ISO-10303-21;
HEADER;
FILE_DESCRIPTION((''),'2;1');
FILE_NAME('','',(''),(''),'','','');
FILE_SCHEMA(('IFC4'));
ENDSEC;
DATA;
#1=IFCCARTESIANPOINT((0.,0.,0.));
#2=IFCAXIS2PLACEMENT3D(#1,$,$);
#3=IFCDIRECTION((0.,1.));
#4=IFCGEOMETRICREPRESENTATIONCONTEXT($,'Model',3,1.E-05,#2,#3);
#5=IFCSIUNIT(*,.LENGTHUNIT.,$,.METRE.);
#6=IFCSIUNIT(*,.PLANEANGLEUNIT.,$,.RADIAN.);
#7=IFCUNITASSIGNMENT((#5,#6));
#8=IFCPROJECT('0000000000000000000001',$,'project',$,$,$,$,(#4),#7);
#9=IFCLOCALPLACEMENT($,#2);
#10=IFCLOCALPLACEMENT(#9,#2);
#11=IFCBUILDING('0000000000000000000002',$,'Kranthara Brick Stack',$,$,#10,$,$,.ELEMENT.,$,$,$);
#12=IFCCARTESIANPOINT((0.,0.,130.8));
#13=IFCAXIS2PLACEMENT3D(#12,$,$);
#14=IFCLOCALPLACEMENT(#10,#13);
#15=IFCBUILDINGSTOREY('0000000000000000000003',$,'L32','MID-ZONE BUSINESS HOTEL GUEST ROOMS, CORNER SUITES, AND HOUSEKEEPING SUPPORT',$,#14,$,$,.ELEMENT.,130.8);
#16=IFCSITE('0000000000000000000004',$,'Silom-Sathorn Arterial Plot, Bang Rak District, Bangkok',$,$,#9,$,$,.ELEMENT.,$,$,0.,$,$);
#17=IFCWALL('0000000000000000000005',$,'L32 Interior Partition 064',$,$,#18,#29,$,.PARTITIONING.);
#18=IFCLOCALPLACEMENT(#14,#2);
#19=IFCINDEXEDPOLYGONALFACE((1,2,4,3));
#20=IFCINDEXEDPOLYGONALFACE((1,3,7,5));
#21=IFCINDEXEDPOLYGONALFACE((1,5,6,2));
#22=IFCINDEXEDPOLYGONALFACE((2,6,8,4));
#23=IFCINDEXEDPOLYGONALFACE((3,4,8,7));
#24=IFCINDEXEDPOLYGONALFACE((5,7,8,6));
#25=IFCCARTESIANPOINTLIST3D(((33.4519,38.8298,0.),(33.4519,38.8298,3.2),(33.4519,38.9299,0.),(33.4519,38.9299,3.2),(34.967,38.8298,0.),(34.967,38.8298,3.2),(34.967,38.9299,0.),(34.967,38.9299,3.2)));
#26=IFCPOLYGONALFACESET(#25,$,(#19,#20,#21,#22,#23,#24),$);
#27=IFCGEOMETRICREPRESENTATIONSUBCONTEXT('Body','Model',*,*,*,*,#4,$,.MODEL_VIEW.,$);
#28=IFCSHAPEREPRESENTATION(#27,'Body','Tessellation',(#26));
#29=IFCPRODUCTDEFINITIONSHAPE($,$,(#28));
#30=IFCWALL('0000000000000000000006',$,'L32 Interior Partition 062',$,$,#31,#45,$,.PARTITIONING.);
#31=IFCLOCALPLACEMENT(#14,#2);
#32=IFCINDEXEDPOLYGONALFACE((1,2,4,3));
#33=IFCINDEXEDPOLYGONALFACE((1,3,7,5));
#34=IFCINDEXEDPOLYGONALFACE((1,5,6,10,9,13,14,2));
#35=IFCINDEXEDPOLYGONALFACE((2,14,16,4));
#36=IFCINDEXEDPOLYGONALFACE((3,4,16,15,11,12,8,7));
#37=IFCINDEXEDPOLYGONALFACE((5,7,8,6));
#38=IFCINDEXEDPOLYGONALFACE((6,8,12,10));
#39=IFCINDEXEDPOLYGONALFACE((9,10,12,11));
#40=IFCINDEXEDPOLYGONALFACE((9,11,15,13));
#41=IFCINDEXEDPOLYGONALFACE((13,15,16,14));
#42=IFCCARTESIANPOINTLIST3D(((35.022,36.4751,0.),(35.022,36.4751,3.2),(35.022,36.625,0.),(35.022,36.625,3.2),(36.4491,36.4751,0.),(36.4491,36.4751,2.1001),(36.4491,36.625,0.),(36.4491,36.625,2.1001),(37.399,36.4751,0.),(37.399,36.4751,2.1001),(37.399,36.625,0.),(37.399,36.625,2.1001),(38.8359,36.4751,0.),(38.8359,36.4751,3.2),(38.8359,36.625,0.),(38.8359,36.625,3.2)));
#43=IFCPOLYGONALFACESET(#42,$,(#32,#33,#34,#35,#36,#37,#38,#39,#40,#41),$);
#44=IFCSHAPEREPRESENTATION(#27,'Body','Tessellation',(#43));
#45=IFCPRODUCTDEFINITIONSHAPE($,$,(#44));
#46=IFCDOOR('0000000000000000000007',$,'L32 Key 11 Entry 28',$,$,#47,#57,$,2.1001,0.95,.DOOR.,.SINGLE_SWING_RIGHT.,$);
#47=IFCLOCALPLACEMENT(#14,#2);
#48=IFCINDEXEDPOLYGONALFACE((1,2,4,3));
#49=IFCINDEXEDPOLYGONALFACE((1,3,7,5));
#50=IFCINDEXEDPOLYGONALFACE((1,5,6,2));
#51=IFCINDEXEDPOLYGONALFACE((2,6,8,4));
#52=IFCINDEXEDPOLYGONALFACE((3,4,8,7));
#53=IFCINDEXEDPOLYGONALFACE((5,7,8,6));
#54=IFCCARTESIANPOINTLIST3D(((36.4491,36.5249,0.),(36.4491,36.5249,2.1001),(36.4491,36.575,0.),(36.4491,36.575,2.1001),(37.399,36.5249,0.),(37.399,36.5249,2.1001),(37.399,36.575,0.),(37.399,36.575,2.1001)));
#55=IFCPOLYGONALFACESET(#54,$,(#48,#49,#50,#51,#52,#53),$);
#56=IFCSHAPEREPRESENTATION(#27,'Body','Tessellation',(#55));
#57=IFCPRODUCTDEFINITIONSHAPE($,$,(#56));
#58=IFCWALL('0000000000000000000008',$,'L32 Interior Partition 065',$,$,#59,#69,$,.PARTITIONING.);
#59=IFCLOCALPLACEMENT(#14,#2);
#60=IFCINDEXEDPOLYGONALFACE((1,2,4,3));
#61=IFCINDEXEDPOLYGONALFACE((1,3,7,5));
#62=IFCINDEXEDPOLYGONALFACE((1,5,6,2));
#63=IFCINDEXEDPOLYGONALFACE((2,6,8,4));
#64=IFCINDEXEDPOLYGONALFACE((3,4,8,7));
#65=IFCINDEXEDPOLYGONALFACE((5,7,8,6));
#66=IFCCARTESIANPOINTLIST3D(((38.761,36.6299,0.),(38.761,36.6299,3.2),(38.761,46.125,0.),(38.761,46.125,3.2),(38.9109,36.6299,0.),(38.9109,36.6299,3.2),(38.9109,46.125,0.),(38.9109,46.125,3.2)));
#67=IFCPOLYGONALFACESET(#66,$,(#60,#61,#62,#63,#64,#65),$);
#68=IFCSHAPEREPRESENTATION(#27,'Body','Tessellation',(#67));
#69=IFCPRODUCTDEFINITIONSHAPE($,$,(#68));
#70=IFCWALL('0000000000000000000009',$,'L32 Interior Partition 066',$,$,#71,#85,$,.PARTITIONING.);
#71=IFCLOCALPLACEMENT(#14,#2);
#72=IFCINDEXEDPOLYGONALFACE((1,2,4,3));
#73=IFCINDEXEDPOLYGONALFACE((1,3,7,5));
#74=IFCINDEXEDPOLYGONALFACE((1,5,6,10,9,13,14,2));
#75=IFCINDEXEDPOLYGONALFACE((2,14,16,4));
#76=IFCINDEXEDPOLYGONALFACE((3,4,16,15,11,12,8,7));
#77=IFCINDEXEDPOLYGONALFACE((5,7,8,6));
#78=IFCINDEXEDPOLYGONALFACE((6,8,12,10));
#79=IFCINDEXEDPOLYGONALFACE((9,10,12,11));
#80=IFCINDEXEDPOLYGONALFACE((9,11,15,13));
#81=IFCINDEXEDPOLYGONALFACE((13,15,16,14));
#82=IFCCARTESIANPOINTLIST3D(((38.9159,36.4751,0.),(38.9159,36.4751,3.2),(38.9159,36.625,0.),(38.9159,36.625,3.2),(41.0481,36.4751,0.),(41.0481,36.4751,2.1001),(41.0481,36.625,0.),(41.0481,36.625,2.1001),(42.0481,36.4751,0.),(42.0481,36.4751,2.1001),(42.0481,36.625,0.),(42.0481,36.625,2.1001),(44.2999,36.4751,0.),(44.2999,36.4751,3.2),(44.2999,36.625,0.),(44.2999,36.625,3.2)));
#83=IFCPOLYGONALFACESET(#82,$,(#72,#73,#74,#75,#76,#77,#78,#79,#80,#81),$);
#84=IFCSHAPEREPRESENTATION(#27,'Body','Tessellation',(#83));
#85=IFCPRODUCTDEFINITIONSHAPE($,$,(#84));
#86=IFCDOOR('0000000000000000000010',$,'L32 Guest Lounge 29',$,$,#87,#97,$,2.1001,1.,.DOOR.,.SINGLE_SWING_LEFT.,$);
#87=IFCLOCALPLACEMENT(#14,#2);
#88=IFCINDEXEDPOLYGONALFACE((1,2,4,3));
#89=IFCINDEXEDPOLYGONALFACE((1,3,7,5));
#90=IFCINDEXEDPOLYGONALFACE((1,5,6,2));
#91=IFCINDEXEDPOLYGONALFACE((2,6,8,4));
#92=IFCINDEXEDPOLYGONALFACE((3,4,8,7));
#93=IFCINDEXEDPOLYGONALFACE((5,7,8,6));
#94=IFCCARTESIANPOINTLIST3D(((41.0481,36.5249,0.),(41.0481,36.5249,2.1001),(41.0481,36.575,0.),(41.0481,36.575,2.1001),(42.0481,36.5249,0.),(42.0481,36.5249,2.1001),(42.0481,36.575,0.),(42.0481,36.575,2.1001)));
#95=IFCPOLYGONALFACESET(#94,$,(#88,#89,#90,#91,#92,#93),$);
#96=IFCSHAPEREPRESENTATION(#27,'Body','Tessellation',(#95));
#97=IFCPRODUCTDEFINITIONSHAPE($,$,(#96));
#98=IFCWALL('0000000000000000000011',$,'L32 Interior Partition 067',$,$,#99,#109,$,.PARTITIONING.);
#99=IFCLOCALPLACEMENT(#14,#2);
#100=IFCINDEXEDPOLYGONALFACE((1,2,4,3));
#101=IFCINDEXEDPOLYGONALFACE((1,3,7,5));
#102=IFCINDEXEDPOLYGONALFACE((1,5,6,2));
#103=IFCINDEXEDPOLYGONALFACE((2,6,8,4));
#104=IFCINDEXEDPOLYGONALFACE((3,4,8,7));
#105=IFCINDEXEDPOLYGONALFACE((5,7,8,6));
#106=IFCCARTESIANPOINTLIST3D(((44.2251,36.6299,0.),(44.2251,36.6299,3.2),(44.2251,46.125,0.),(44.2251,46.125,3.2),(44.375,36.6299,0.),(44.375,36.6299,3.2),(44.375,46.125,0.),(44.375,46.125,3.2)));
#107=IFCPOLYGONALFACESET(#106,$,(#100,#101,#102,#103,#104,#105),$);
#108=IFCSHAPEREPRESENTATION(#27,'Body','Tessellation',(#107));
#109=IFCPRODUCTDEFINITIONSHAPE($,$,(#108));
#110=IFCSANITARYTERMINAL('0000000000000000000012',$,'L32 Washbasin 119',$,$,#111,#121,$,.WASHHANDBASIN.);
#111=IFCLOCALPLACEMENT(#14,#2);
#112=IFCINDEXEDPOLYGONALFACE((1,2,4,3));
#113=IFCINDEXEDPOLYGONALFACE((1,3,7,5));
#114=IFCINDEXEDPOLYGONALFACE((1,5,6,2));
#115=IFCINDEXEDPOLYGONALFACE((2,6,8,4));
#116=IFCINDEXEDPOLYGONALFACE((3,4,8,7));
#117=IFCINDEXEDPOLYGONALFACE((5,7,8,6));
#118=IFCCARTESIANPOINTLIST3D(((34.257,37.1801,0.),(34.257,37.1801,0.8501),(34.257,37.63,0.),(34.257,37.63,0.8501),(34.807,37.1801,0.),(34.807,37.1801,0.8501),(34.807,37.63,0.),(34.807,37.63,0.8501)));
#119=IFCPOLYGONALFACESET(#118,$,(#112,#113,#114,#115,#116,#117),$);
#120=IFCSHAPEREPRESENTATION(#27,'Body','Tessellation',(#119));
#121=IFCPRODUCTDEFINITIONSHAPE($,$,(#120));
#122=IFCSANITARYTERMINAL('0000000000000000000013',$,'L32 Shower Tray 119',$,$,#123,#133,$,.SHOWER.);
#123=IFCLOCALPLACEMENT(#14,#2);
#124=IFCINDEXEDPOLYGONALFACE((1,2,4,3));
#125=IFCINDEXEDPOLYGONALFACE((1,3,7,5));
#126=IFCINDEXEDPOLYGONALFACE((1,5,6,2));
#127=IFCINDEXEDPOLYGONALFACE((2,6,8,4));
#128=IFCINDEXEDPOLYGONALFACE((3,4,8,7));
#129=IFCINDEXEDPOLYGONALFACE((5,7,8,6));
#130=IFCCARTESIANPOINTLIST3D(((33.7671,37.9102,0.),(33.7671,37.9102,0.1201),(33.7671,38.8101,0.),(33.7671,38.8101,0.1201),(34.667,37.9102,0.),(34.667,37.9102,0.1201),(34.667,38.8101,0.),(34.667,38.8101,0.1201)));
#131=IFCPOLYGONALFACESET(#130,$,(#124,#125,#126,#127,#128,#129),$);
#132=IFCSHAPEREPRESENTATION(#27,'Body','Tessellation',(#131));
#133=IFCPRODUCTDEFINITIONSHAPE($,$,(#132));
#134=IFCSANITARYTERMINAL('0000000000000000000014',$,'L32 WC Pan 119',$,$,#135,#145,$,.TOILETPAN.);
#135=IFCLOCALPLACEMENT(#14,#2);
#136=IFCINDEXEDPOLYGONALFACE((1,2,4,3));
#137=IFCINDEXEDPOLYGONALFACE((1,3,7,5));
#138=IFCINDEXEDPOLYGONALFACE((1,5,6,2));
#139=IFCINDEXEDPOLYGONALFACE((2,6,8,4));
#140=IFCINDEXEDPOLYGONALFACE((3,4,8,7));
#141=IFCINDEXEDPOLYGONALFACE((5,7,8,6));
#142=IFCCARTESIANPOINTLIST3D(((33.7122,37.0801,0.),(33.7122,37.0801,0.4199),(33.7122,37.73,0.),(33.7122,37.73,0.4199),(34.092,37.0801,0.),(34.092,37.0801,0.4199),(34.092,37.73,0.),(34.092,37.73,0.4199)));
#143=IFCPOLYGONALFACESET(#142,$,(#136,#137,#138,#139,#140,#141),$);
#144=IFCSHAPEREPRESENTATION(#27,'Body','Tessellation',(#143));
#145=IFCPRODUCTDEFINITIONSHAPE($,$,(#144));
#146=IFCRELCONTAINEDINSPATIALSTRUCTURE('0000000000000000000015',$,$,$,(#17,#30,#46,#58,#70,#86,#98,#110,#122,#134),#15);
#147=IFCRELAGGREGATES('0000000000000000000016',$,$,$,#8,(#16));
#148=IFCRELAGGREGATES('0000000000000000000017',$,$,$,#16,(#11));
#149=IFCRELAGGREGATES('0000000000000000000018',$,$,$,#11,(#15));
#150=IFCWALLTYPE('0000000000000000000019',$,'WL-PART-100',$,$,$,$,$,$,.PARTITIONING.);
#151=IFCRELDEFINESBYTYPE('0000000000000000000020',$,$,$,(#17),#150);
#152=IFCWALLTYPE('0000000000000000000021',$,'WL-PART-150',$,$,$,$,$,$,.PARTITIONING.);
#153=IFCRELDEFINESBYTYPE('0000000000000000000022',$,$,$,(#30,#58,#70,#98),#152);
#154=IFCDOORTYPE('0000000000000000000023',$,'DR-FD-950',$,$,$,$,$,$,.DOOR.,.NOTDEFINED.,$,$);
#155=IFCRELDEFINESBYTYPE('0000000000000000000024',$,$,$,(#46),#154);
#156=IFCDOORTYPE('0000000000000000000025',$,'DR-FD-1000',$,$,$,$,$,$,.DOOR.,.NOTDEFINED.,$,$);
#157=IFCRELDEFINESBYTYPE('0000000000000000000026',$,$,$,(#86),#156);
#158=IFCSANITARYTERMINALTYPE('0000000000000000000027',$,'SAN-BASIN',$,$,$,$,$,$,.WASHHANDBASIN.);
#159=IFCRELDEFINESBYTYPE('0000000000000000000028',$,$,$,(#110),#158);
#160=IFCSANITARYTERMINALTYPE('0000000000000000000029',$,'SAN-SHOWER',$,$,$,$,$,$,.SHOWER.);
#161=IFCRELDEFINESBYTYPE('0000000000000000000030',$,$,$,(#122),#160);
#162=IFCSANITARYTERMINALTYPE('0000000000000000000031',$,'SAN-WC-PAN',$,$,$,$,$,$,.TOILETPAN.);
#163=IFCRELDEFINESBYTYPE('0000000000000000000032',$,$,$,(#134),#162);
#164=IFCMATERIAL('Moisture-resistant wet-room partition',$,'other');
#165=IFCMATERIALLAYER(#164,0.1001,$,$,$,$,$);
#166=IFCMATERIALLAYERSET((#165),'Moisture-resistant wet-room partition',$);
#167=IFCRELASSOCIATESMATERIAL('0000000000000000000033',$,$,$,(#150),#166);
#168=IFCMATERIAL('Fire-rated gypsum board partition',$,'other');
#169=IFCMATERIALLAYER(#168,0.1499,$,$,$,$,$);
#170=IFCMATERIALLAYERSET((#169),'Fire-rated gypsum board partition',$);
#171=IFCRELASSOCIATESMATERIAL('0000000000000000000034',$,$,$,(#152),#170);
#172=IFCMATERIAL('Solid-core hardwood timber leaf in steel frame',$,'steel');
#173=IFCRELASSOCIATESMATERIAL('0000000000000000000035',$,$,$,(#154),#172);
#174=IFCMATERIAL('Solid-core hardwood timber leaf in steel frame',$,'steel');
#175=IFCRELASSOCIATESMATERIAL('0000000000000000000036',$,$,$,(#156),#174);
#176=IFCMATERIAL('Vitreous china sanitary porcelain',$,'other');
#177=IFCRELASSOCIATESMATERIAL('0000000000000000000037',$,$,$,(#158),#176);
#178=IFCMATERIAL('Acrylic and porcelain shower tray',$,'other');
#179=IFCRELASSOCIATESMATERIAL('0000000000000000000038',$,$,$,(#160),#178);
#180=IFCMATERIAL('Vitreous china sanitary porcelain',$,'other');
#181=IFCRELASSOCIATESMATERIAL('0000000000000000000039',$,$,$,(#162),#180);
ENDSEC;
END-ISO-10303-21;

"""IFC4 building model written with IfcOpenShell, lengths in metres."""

from ifc_helpers import new_model, si_unit, direction, frame, frame_2d, origin, origin_2d, place, context, subcontext, project, spatial, rectangle, extrude, material, layer, layer_set, type_object, element, fill, save


model = new_model("IFC4")

# Units and contexts
model_context = context("Model", 3, precision=1e-05, world=origin(), true_north=direction((0.0, 1.0)))
body_context = subcontext(model_context, "Body", "Model", "MODEL_VIEW")
ifc_project = project(units=[si_unit("LENGTHUNIT", "METRE"), si_unit("PLANEANGLEUNIT", "RADIAN")], contexts=[model_context])

# Site, building, storey
site_placement = place(None, origin())
site = spatial("IfcSite", under=ifc_project, at=site_placement, Name="Silom-Sathorn Arterial Plot, Bang Rak District, Bangkok", CompositionType="ELEMENT", RefElevation=0.0)
building_placement = place(site_placement, origin())
building = spatial("IfcBuilding", under=site, at=building_placement, Name="Kranthara Brick Stack", CompositionType="ELEMENT")
storey_placement = place(building_placement, frame((0.0, 0.0, 130.8)))
storey = spatial("IfcBuildingStorey", under=building, at=storey_placement, Name="L32", Description="MID-ZONE BUSINESS HOTEL GUEST ROOMS, CORNER SUITES, AND HOUSEKEEPING SUPPORT", CompositionType="ELEMENT", Elevation=130.8)

# Shared definitions
ifc_material_1 = material(Name="Moisture-resistant wet-room partition", Category="other")
ifc_layer_1 = layer(ifc_material_1, 0.1001)
ifc_layer_set_1 = layer_set([ifc_layer_1], Name="Moisture-resistant wet-room partition")
wall_type_1 = type_object("IfcWallType", Name="WL-PART-100", PredefinedType="PARTITIONING", material=ifc_layer_set_1)

# Wall
wall_1_placement = place(storey_placement, frame((33.4519, 38.8799, 0.0), z_axis=(0.0, 0.0, 1.0), x_axis=(1.0, 0.0, 0.0)))
element("IfcWall", 1, at=wall_1_placement, inside=storey, type_object=wall_type_1, Name="L32 Interior Partition 064", PredefinedType="PARTITIONING", context=body_context, shape_type="SweptSolid", body=[
    extrude(rectangle(XDim=1.5151, YDim=0.1001, at=frame_2d((0.7576, 0.0))), origin(), (0.0, 0.0, 1.0), 3.2),
])

# Wall, opening, door
ifc_material_2 = material(Name="Fire-rated gypsum board partition", Category="other")
ifc_layer_2 = layer(ifc_material_2, 0.1499)
ifc_layer_set_2 = layer_set([ifc_layer_2], Name="Fire-rated gypsum board partition")
wall_type_2 = type_object("IfcWallType", Name="WL-PART-150", PredefinedType="PARTITIONING", material=ifc_layer_set_2)
wall_2_placement = place(storey_placement, frame((35.022, 36.55, 0.0), z_axis=(0.0, 0.0, 1.0), x_axis=(1.0, 0.0, 0.0)))
wall_2 = element("IfcWall", 2, at=wall_2_placement, inside=storey, type_object=wall_type_2, Name="L32 Interior Partition 062", PredefinedType="PARTITIONING", context=body_context, shape_type="SweptSolid", body=[
    extrude(rectangle(XDim=3.814, YDim=0.1499, at=frame_2d((1.907, 0.0))), origin(), (0.0, 0.0, 1.0), 3.2),
])
opening_1_placement = place(wall_2_placement, frame((1.427, 0.0, 0.0)))
opening_1 = element("IfcOpeningElement", 3, at=opening_1_placement, cuts=wall_2, PredefinedType="OPENING", context=body_context, shape_type="SweptSolid", body=[
    extrude(rectangle(XDim=0.95, YDim=2.1001, at=frame_2d((0.4751, 1.05))), frame((0.0, 0.085, 0.0), z_axis=(0.0, -1.0, 0.0), x_axis=(1.0, 0.0, 0.0)), (0.0, 0.0, 1.0), 0.1699),
])
ifc_material_3 = material(Name="Solid-core hardwood timber leaf in steel frame", Category="steel")
door_type_1 = type_object("IfcDoorType", Name="DR-FD-950", OperationType="NOTDEFINED", PredefinedType="DOOR", material=ifc_material_3)
door_1_placement = place(opening_1_placement, origin())
door_1 = element("IfcDoor", 4, at=door_1_placement, inside=storey, type_object=door_type_1, Name="L32 Key 11 Entry 28", OperationType="SINGLE_SWING_RIGHT", OverallHeight=2.1001, OverallWidth=0.95, PredefinedType="DOOR", context=body_context, shape_type="SweptSolid", body=[
    extrude(rectangle(XDim=0.95, YDim=2.1001, at=frame_2d((0.4751, 1.05))), frame((0.0, 0.0249, 0.0), z_axis=(0.0, -1.0, 0.0), x_axis=(1.0, 0.0, 0.0)), (0.0, 0.0, 1.0), 0.05),
])
fill(opening_1, door_1)

# Wall
wall_3_placement = place(storey_placement, frame((38.8359, 36.6299, 0.0), z_axis=(0.0, 0.0, 1.0), x_axis=(0.0, 1.0, 0.0)))
element("IfcWall", 5, at=wall_3_placement, inside=storey, type_object=wall_type_2, Name="L32 Interior Partition 065", PredefinedType="PARTITIONING", context=body_context, shape_type="SweptSolid", body=[
    extrude(rectangle(XDim=9.4951, YDim=0.1499, at=frame_2d((4.7476, 0.0))), origin(), (0.0, 0.0, 1.0), 3.2),
])

# Wall, opening, door
wall_4_placement = place(storey_placement, frame((38.916, 36.55, 0.0), z_axis=(0.0, 0.0, 1.0), x_axis=(1.0, 0.0, 0.0)))
wall_4 = element("IfcWall", 6, at=wall_4_placement, inside=storey, type_object=wall_type_2, Name="L32 Interior Partition 066", PredefinedType="PARTITIONING", context=body_context, shape_type="SweptSolid", body=[
    extrude(rectangle(XDim=5.384, YDim=0.1499, at=frame_2d((2.6919, 0.0))), origin(), (0.0, 0.0, 1.0), 3.2),
])
opening_2_placement = place(wall_4_placement, frame((2.1321, 0.0, 0.0)))
opening_2 = element("IfcOpeningElement", 7, at=opening_2_placement, cuts=wall_4, PredefinedType="OPENING", context=body_context, shape_type="SweptSolid", body=[
    extrude(rectangle(XDim=1.0, YDim=2.1001, at=frame_2d((0.5, 1.05))), frame((0.0, 0.085, 0.0), z_axis=(0.0, -1.0, 0.0), x_axis=(1.0, 0.0, 0.0)), (0.0, 0.0, 1.0), 0.1699),
])
ifc_material_4 = material(Name="Solid-core hardwood timber leaf in steel frame", Category="steel")
door_type_2 = type_object("IfcDoorType", Name="DR-FD-1000", OperationType="NOTDEFINED", PredefinedType="DOOR", material=ifc_material_4)
door_2_placement = place(opening_2_placement, origin())
door_2 = element("IfcDoor", 8, at=door_2_placement, inside=storey, type_object=door_type_2, Name="L32 Guest Lounge 29", OperationType="SINGLE_SWING_LEFT", OverallHeight=2.1001, OverallWidth=1.0, PredefinedType="DOOR", context=body_context, shape_type="SweptSolid", body=[
    extrude(rectangle(XDim=1.0, YDim=2.1001, at=frame_2d((0.5, 1.05))), frame((0.0, 0.0249, 0.0), z_axis=(0.0, -1.0, 0.0), x_axis=(1.0, 0.0, 0.0)), (0.0, 0.0, 1.0), 0.05),
])
fill(opening_2, door_2)

# Wall
wall_5_placement = place(storey_placement, frame((44.3, 36.6299, 0.0), z_axis=(0.0, 0.0, 1.0), x_axis=(0.0, 1.0, 0.0)))
element("IfcWall", 9, at=wall_5_placement, inside=storey, type_object=wall_type_2, Name="L32 Interior Partition 067", PredefinedType="PARTITIONING", context=body_context, shape_type="SweptSolid", body=[
    extrude(rectangle(XDim=9.4951, YDim=0.1499, at=frame_2d((4.7476, 0.0))), origin(), (0.0, 0.0, 1.0), 3.2),
])

# Sanitary terminals
ifc_material_5 = material(Name="Vitreous china sanitary porcelain", Category="other")
sanitary_terminal_type_1 = type_object("IfcSanitaryTerminalType", Name="SAN-BASIN", PredefinedType="WASHHANDBASIN", material=ifc_material_5)
sanitary_terminal_1_placement = place(storey_placement, frame((34.532, 37.405, 0.0), z_axis=(0.0, 0.0, 1.0), x_axis=(1.0, 0.0, 0.0)))
element("IfcSanitaryTerminal", 10, at=sanitary_terminal_1_placement, inside=storey, type_object=sanitary_terminal_type_1, Name="L32 Washbasin 119", PredefinedType="WASHHANDBASIN", context=body_context, shape_type="SweptSolid", body=[
    extrude(rectangle(XDim=0.55, YDim=0.45, at=origin_2d()), origin(), (0.0, 0.0, 1.0), 0.8501),
])
ifc_material_6 = material(Name="Acrylic and porcelain shower tray", Category="other")
sanitary_terminal_type_2 = type_object("IfcSanitaryTerminalType", Name="SAN-SHOWER", PredefinedType="SHOWER", material=ifc_material_6)
sanitary_terminal_2_placement = place(storey_placement, frame((34.217, 38.3601, 0.0), z_axis=(0.0, 0.0, 1.0), x_axis=(1.0, 0.0, 0.0)))
element("IfcSanitaryTerminal", 11, at=sanitary_terminal_2_placement, inside=storey, type_object=sanitary_terminal_type_2, Name="L32 Shower Tray 119", PredefinedType="SHOWER", context=body_context, shape_type="SweptSolid", body=[
    extrude(rectangle(XDim=0.8999, YDim=0.8999, at=origin_2d()), origin(), (0.0, 0.0, 1.0), 0.1201),
])
ifc_material_7 = material(Name="Vitreous china sanitary porcelain", Category="other")
sanitary_terminal_type_3 = type_object("IfcSanitaryTerminalType", Name="SAN-WC-PAN", PredefinedType="TOILETPAN", material=ifc_material_7)
sanitary_terminal_3_placement = place(storey_placement, frame((33.9021, 37.405, 0.0), z_axis=(0.0, 0.0, 1.0), x_axis=(1.0, 0.0, 0.0)))
element("IfcSanitaryTerminal", 12, at=sanitary_terminal_3_placement, inside=storey, type_object=sanitary_terminal_type_3, Name="L32 WC Pan 119", PredefinedType="TOILETPAN", context=body_context, shape_type="SweptSolid", body=[
    extrude(rectangle(XDim=0.3799, YDim=0.6499, at=origin_2d()), origin(), (0.0, 0.0, 1.0), 0.4199),
])

save(model, "model.ifc")
